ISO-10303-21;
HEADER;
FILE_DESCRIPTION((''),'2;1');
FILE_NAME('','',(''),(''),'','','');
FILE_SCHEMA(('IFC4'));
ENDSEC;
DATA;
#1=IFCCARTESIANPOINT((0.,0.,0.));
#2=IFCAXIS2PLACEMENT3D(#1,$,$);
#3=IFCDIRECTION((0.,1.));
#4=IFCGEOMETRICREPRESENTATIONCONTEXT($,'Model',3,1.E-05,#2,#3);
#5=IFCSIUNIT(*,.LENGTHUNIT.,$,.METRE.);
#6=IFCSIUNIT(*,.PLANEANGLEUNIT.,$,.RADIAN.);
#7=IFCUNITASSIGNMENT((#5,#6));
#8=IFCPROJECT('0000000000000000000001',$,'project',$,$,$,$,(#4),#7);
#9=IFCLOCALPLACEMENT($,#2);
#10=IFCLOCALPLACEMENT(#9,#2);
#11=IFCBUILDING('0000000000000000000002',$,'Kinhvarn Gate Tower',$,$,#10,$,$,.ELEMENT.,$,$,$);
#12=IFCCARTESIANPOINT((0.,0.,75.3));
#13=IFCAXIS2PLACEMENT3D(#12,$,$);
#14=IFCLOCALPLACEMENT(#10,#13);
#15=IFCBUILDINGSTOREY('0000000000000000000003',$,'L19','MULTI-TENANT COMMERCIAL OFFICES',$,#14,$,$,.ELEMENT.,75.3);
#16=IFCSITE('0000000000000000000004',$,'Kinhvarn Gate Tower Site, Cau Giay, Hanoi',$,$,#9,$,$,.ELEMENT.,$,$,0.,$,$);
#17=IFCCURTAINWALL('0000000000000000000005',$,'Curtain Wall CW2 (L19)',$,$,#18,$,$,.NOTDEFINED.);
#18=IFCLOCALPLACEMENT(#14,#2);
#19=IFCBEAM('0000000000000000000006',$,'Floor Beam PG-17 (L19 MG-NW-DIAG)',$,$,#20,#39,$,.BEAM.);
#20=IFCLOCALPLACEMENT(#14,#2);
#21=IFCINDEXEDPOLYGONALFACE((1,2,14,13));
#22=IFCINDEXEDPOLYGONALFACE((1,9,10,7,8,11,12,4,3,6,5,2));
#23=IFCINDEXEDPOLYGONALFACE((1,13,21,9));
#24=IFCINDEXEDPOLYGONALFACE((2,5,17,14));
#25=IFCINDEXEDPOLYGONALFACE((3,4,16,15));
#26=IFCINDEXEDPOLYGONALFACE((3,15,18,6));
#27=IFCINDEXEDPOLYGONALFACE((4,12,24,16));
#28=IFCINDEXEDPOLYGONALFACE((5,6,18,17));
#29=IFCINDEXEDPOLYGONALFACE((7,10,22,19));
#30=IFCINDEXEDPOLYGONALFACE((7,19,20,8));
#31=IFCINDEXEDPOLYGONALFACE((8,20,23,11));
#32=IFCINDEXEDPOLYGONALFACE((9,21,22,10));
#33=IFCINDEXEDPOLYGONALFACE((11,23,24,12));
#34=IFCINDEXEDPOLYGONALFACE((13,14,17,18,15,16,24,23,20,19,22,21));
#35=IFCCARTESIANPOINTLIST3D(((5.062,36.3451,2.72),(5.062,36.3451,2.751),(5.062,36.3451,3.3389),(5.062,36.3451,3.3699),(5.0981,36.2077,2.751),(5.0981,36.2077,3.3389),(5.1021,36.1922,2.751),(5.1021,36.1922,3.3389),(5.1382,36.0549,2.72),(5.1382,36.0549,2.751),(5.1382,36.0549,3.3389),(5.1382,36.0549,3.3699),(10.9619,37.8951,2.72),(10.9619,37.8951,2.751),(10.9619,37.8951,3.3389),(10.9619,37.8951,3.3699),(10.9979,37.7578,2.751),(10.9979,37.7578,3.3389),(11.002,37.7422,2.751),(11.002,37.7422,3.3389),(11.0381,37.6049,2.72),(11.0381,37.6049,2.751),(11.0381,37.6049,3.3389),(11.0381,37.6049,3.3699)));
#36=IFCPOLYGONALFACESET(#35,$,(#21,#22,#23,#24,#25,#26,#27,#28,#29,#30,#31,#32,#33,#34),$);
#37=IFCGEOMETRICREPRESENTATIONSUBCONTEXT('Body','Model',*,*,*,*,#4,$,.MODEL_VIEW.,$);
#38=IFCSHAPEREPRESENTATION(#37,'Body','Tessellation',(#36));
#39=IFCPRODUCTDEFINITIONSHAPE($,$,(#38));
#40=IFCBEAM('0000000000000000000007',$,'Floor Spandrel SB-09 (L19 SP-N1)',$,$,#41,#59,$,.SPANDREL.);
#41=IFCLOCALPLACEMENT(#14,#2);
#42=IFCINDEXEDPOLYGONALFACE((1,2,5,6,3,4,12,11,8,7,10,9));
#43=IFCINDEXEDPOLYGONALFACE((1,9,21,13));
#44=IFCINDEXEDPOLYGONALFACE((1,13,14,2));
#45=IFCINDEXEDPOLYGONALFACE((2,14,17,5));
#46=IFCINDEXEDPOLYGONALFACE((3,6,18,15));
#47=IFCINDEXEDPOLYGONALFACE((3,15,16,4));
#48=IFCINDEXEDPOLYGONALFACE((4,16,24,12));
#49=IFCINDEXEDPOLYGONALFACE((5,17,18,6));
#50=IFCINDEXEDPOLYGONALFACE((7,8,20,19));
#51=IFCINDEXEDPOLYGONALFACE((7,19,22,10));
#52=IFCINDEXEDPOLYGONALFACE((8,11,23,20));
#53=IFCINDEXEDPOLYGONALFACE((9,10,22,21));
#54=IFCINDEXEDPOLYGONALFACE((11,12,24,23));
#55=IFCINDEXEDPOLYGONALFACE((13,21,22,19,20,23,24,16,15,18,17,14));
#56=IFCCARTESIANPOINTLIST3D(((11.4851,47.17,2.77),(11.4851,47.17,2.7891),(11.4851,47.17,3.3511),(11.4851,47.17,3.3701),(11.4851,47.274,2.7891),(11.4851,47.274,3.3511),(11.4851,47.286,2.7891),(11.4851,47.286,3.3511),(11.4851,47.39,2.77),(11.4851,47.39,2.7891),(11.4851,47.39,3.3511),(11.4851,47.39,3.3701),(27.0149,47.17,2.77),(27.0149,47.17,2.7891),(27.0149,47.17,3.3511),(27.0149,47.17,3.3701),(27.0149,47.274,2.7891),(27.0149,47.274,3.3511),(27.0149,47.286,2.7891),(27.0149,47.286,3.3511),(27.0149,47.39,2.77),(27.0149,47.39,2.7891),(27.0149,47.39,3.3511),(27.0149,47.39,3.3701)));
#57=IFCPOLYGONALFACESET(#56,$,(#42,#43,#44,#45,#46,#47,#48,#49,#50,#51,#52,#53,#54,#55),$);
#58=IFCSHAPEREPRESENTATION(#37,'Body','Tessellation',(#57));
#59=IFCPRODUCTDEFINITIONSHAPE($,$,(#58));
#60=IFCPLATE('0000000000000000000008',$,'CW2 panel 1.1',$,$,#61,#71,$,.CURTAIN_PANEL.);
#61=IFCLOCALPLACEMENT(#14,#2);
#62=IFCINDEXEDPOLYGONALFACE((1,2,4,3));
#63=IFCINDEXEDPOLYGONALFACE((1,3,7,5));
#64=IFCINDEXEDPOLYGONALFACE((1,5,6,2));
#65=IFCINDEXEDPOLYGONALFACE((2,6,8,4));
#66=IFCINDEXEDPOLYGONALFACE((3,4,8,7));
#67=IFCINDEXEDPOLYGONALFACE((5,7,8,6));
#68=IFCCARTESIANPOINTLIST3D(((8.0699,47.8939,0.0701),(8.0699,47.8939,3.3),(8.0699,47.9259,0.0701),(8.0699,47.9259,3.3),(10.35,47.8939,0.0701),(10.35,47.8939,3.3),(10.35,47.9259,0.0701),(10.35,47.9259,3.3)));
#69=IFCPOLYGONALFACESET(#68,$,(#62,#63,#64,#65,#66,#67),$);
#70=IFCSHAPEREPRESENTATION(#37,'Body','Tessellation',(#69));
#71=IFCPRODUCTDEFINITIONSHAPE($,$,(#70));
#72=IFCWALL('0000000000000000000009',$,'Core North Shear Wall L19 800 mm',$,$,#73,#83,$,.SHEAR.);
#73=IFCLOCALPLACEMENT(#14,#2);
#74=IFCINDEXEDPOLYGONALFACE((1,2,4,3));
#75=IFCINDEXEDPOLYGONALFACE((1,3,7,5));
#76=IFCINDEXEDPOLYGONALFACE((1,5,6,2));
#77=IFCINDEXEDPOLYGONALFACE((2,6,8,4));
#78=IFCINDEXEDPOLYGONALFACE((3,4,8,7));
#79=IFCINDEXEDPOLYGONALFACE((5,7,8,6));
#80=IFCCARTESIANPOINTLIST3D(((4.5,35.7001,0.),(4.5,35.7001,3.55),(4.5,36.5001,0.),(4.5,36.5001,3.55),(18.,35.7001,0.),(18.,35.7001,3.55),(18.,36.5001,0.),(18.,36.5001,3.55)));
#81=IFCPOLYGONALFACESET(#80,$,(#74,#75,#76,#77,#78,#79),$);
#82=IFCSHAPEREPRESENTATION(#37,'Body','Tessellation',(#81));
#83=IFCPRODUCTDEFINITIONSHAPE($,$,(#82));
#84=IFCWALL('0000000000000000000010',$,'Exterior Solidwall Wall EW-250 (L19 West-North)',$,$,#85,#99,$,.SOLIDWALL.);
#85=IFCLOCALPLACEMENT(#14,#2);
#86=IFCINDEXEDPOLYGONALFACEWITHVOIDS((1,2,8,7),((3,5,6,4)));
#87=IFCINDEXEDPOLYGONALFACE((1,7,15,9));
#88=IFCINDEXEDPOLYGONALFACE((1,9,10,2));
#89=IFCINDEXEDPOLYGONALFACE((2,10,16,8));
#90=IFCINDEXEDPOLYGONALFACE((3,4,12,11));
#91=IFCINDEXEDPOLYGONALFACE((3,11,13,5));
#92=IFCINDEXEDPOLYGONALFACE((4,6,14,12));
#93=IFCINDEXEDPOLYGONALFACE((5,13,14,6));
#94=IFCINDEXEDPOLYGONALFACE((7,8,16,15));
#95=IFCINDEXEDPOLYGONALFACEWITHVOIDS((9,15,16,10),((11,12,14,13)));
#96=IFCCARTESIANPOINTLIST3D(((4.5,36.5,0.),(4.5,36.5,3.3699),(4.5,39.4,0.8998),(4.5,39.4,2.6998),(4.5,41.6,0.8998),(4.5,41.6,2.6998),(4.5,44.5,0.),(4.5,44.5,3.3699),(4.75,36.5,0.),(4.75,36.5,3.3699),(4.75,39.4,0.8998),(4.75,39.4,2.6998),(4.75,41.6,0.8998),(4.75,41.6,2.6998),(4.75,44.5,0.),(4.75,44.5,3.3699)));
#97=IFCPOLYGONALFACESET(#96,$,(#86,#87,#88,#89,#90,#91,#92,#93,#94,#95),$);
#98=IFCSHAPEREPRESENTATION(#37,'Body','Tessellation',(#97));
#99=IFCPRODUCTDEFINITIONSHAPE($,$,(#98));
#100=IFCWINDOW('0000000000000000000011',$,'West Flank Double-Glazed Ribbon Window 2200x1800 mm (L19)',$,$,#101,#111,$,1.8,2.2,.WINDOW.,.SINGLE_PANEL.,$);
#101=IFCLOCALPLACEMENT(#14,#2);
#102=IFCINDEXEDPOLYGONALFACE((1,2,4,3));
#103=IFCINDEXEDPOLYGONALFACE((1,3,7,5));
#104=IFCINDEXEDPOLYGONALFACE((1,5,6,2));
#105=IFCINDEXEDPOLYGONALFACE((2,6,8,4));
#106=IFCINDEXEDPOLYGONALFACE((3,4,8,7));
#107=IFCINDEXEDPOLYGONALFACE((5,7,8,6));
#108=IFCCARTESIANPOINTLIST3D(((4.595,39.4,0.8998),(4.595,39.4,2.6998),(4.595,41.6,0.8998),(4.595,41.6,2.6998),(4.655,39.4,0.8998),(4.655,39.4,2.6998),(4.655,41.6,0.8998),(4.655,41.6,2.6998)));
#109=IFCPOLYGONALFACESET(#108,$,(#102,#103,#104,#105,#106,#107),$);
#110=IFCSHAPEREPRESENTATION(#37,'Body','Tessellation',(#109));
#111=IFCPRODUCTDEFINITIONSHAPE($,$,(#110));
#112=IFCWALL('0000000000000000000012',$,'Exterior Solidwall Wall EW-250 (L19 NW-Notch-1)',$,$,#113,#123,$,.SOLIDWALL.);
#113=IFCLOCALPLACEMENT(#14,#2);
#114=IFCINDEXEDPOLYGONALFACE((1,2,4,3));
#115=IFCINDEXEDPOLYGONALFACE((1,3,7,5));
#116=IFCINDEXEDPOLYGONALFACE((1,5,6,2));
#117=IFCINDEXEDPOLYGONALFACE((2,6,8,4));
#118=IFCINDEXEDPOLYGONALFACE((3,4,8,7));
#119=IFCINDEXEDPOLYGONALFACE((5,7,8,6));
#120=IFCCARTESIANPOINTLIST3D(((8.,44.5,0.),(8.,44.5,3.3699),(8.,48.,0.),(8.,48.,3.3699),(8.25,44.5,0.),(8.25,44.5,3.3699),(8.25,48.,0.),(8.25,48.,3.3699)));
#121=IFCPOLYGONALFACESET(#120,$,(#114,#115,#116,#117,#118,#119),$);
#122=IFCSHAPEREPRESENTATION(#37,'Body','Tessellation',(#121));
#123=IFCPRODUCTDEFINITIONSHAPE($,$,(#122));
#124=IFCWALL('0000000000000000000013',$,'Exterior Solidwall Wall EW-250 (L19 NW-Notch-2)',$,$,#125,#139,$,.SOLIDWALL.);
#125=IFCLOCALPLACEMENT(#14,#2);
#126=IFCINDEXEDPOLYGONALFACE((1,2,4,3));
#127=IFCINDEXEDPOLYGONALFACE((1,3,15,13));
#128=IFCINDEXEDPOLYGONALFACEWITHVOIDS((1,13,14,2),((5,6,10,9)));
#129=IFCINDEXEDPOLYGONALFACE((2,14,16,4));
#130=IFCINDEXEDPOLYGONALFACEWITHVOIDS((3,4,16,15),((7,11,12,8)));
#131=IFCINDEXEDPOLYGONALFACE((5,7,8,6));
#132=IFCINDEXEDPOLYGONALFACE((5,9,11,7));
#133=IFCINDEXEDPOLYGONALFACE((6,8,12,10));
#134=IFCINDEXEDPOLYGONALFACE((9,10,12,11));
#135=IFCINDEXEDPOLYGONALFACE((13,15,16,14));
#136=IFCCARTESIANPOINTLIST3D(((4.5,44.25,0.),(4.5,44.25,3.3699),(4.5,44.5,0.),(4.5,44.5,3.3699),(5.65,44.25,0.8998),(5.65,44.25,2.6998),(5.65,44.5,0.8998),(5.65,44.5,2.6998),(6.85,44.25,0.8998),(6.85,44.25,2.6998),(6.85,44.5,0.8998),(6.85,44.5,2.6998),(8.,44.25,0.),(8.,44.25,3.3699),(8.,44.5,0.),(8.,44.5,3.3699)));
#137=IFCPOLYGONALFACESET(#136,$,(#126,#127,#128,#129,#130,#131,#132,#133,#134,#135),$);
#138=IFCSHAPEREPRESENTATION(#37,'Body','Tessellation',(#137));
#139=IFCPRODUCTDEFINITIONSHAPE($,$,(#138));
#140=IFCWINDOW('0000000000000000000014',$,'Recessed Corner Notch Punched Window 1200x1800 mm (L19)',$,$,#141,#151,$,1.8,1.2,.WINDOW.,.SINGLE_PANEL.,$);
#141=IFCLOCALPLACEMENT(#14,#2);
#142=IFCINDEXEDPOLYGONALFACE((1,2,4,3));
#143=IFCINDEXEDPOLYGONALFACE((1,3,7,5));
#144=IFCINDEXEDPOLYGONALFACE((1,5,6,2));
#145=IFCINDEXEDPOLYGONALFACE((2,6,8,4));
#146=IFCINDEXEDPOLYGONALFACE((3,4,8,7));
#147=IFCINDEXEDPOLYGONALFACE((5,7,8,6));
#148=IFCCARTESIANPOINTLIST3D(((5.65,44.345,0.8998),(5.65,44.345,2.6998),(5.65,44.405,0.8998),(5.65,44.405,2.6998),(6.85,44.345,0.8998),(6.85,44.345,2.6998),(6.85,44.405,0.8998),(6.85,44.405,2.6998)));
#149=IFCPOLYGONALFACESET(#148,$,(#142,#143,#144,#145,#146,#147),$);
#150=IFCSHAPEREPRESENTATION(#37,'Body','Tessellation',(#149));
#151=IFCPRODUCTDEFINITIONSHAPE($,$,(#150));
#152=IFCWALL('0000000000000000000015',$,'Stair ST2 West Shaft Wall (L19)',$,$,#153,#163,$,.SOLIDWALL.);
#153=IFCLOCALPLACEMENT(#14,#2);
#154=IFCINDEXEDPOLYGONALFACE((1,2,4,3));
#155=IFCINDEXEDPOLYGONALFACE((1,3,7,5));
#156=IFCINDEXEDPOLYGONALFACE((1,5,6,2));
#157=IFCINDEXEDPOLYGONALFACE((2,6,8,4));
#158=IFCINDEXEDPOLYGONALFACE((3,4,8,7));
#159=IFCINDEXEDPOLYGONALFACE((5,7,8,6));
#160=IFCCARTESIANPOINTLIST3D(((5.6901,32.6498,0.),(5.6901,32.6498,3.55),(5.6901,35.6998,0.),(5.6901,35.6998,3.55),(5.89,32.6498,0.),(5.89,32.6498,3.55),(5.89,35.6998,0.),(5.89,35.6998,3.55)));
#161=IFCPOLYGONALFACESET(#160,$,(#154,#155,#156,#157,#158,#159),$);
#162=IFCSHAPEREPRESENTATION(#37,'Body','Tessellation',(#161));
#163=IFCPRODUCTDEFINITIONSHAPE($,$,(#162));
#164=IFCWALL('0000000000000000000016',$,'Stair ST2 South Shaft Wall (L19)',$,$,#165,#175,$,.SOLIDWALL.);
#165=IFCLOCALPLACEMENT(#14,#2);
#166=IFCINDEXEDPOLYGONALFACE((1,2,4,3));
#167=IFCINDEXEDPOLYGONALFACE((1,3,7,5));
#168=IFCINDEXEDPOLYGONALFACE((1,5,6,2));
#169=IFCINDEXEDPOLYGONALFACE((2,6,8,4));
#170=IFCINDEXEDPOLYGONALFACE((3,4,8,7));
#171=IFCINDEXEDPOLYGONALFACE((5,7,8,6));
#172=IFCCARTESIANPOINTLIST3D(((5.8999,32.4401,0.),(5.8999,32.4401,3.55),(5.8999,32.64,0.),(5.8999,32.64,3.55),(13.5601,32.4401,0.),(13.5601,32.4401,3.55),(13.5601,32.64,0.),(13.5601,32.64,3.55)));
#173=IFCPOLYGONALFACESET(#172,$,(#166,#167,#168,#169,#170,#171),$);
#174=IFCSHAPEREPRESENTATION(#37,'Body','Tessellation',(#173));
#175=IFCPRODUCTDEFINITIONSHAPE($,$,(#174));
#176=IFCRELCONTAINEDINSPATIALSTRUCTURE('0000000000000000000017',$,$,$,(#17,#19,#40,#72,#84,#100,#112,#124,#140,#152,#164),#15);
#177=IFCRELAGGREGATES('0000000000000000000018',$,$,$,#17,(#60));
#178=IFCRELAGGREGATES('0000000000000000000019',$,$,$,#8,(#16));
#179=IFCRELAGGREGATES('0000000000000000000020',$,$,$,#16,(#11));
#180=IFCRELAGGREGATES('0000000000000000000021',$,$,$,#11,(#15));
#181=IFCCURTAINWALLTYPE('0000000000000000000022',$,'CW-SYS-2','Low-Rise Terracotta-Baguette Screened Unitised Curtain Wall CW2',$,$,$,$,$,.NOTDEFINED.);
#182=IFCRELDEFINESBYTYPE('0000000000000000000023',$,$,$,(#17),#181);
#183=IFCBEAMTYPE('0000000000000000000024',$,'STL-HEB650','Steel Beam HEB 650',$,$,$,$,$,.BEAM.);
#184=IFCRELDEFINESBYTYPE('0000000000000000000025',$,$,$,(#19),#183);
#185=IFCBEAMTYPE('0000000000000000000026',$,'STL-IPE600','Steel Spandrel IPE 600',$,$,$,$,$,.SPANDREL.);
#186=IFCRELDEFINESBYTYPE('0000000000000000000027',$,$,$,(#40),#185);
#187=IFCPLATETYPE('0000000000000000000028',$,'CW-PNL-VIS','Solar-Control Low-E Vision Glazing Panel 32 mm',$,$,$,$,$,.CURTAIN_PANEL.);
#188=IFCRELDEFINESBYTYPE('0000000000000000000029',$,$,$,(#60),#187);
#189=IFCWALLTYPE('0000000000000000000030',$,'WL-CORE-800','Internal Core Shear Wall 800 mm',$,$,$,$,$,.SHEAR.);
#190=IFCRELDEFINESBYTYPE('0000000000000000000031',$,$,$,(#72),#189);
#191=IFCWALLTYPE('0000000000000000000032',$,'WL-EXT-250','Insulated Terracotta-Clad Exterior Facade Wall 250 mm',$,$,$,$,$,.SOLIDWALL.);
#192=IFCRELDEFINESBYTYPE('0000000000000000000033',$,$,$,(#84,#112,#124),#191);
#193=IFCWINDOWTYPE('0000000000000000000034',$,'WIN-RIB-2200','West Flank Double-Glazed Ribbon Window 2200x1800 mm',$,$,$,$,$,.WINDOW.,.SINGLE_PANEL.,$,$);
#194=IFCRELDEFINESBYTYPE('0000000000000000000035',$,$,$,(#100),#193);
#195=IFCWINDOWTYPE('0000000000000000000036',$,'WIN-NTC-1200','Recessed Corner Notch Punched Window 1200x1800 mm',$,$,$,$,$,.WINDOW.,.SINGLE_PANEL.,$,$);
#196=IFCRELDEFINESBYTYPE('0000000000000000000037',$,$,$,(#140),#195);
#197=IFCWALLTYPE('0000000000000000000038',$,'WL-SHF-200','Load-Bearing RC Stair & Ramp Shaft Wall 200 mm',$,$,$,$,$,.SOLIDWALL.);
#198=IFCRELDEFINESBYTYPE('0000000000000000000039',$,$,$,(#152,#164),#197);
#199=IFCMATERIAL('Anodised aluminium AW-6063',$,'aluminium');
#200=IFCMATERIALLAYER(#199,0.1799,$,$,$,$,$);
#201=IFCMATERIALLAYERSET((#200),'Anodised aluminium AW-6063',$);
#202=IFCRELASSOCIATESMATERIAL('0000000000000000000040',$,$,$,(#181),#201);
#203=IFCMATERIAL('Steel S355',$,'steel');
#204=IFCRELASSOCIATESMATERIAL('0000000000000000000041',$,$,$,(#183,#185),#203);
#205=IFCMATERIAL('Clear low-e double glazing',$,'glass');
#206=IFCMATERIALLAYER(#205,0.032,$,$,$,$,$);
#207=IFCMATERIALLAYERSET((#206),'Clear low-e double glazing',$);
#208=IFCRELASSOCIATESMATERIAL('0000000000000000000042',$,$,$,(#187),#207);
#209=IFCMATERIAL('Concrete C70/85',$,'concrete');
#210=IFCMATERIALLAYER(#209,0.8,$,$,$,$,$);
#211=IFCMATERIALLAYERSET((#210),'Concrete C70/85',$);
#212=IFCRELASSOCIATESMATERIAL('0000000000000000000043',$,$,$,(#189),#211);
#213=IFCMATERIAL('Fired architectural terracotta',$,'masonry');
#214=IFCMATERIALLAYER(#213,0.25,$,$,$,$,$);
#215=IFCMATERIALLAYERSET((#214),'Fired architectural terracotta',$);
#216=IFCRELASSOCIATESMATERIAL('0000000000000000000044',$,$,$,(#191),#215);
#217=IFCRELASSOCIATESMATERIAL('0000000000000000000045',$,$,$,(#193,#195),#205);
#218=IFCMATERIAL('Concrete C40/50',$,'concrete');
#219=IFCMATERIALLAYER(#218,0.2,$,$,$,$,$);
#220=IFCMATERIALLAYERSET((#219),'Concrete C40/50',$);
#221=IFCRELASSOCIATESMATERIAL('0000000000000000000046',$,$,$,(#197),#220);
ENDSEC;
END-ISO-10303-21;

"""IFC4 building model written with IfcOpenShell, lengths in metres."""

from ifc_helpers import new_model, si_unit, direction, frame, frame_2d, origin, origin_2d, place, context, subcontext, project, spatial, rectangle, i_section, extrude, material, layer, layer_set, material_profile, profile_set, type_object, element, fill, aggregate, save


model = new_model("IFC4")

# Units and contexts
model_context = context("Model", 3, precision=1e-05, world=origin(), true_north=direction((0.0, 1.0)))
body_context = subcontext(model_context, "Body", "Model", "MODEL_VIEW")
ifc_project = project(units=[si_unit("LENGTHUNIT", "METRE"), si_unit("PLANEANGLEUNIT", "RADIAN")], contexts=[model_context])

# Site, building, storey
site_placement = place(None, origin())
site = spatial("IfcSite", under=ifc_project, at=site_placement, Name="Kinhvarn Gate Tower Site, Cau Giay, Hanoi", CompositionType="ELEMENT", RefElevation=0.0)
building_placement = place(site_placement, origin())
building = spatial("IfcBuilding", under=site, at=building_placement, Name="Kinhvarn Gate Tower", CompositionType="ELEMENT")
storey_placement = place(building_placement, frame((0.0, 0.0, 75.3)))
storey = spatial("IfcBuildingStorey", under=building, at=storey_placement, Name="L19", Description="MULTI-TENANT COMMERCIAL OFFICES", CompositionType="ELEMENT", Elevation=75.3)

# Shared definitions
ifc_material_1 = material(Name="Concrete C70/85", Category="concrete")

# Shared definitions
ifc_material_2 = material(Name="Anodised aluminium AW-6063", Category="aluminium")
ifc_layer_1 = layer(ifc_material_2, 0.1799)
ifc_layer_set_1 = layer_set([ifc_layer_1], Name="Anodised aluminium AW-6063")
curtain_wall_type = type_object("IfcCurtainWallType", Name="CW-SYS-2", Description="Low-Rise Terracotta-Baguette Screened Unitised Curtain Wall CW2", PredefinedType="NOTDEFINED", material=ifc_layer_set_1)

# Curtain wall
curtain_wall_1_placement = place(storey_placement, origin())
curtain_wall_1 = element("IfcCurtainWall", 1, at=curtain_wall_1_placement, inside=storey, type_object=curtain_wall_type, Name="Curtain Wall CW2 (L19)", PredefinedType="NOTDEFINED")

# Beams
ifc_material_3 = material(Name="Steel S355", Category="steel")
ifc_material_profile_1 = material_profile(ifc_material_3, i_section(OverallWidth=0.3, OverallDepth=0.6499, WebThickness=0.0161, FlangeThickness=0.031, at=origin_2d()), Name="HEB 650")
ifc_profile_set_1 = profile_set([ifc_material_profile_1], Name="Steel S355")
beam_type_1 = type_object("IfcBeamType", Name="STL-HEB650", Description="Steel Beam HEB 650", PredefinedType="BEAM", material=ifc_profile_set_1)
beam_1_placement = place(storey_placement, frame((5.1001, 36.2, 3.0449), z_axis=(0.967178, 0.254101, 0.0), x_axis=(-0.254101, 0.967178, 0.0)))
element("IfcBeam", 2, at=beam_1_placement, inside=storey, type_object=beam_type_1, Name="Floor Beam PG-17 (L19 MG-NW-DIAG)", PredefinedType="BEAM", context=body_context, shape_type="SweptSolid", body=[
    extrude(i_section(OverallWidth=0.3, OverallDepth=0.6499, WebThickness=0.0161, FlangeThickness=0.031, at=origin_2d()), origin(), (0.0, 0.0, 1.0), 6.1001),
])
ifc_material_profile_2 = material_profile(ifc_material_3, i_section(OverallWidth=0.22, OverallDepth=0.6001, WebThickness=0.012, FlangeThickness=0.019, at=origin_2d()), Name="IPE 600")
ifc_profile_set_2 = profile_set([ifc_material_profile_2], Name="Steel S355")
beam_type_2 = type_object("IfcBeamType", Name="STL-IPE600", Description="Steel Spandrel IPE 600", PredefinedType="SPANDREL", material=ifc_profile_set_2)
beam_2_placement = place(storey_placement, frame((11.4851, 47.28, 3.0701), z_axis=(1.0, 0.0, 0.0), x_axis=(0.0, 1.0, 0.0)))
element("IfcBeam", 3, at=beam_2_placement, inside=storey, type_object=beam_type_2, Name="Floor Spandrel SB-09 (L19 SP-N1)", PredefinedType="SPANDREL", context=body_context, shape_type="SweptSolid", body=[
    extrude(i_section(OverallWidth=0.22, OverallDepth=0.6001, WebThickness=0.012, FlangeThickness=0.019, at=origin_2d()), origin(), (0.0, 0.0, 1.0), 15.5298),
])

# Plate
ifc_material_4 = material(Name="Clear low-e double glazing", Category="glass")
ifc_layer_2 = layer(ifc_material_4, 0.032)
ifc_layer_set_2 = layer_set([ifc_layer_2], Name="Clear low-e double glazing")
plate_type = type_object("IfcPlateType", Name="CW-PNL-VIS", Description="Solar-Control Low-E Vision Glazing Panel 32 mm", PredefinedType="CURTAIN_PANEL", material=ifc_layer_set_2)
plate_placement = place(storey_placement, frame((9.21, 47.9099, 0.0701), z_axis=(0.0, 0.0, 1.0), x_axis=(-1.0, 0.0, 0.0)))
plate = element("IfcPlate", 4, at=plate_placement, type_object=plate_type, Name="CW2 panel 1.1", PredefinedType="CURTAIN_PANEL", context=body_context, shape_type="SweptSolid", body=[
    extrude(rectangle(XDim=2.28, YDim=0.032, at=origin_2d()), origin(), (0.0, 0.0, 1.0), 3.23),
])
aggregate(curtain_wall_1, [plate])

# Wall
ifc_layer_3 = layer(ifc_material_1, 0.8)
ifc_layer_set_3 = layer_set([ifc_layer_3], Name="Concrete C70/85")
wall_type_1 = type_object("IfcWallType", Name="WL-CORE-800", Description="Internal Core Shear Wall 800 mm", PredefinedType="SHEAR", material=ifc_layer_set_3)
wall_1_placement = place(storey_placement, frame((4.5, 36.1001, 0.0), z_axis=(0.0, 0.0, 1.0), x_axis=(1.0, 0.0, 0.0)))
element("IfcWall", 5, at=wall_1_placement, inside=storey, type_object=wall_type_1, Name="Core North Shear Wall L19 800 mm", PredefinedType="SHEAR", context=body_context, shape_type="SweptSolid", body=[
    extrude(rectangle(XDim=13.5, YDim=0.8, at=frame_2d((6.75, 0.0))), origin(), (0.0, 0.0, 1.0), 3.55),
])

# Wall, opening, window
ifc_material_5 = material(Name="Fired architectural terracotta", Category="masonry")
ifc_layer_4 = layer(ifc_material_5, 0.25)
ifc_layer_set_4 = layer_set([ifc_layer_4], Name="Fired architectural terracotta")
wall_type_2 = type_object("IfcWallType", Name="WL-EXT-250", Description="Insulated Terracotta-Clad Exterior Facade Wall 250 mm", PredefinedType="SOLIDWALL", material=ifc_layer_set_4)
wall_2_placement = place(storey_placement, frame((4.625, 44.5, 0.0), z_axis=(0.0, 0.0, 1.0), x_axis=(0.0, -1.0, 0.0)))
wall_2 = element("IfcWall", 6, at=wall_2_placement, inside=storey, type_object=wall_type_2, Name="Exterior Solidwall Wall EW-250 (L19 West-North)", PredefinedType="SOLIDWALL", context=body_context, shape_type="SweptSolid", body=[
    extrude(rectangle(XDim=8.0, YDim=0.25, at=frame_2d((4.0, 0.0))), origin(), (0.0, 0.0, 1.0), 3.3699),
])
opening_1_placement = place(wall_2_placement, frame((2.8999, 0.0, 0.8999)))
opening_1 = element("IfcOpeningElement", 7, at=opening_1_placement, cuts=wall_2, PredefinedType="OPENING", context=body_context, shape_type="SweptSolid", body=[
    extrude(rectangle(XDim=2.2, YDim=1.8, at=frame_2d((1.1001, 0.8999))), frame((0.0, 0.135, 0.0), z_axis=(0.0, -1.0, 0.0), x_axis=(1.0, 0.0, 0.0)), (0.0, 0.0, 1.0), 0.27),
])
window_type_1 = type_object("IfcWindowType", Name="WIN-RIB-2200", Description="West Flank Double-Glazed Ribbon Window 2200x1800 mm", PartitioningType="SINGLE_PANEL", PredefinedType="WINDOW", material=ifc_material_4)
window_1_placement = place(opening_1_placement, origin())
window_1 = element("IfcWindow", 8, at=window_1_placement, inside=storey, type_object=window_type_1, Name="West Flank Double-Glazed Ribbon Window 2200x1800 mm (L19)", OverallHeight=1.8, OverallWidth=2.2, PartitioningType="SINGLE_PANEL", PredefinedType="WINDOW", context=body_context, shape_type="SweptSolid", body=[
    extrude(rectangle(XDim=2.2, YDim=1.8, at=frame_2d((1.1001, 0.8999))), frame((0.0, 0.03, 0.0), z_axis=(0.0, -1.0, 0.0), x_axis=(1.0, 0.0, 0.0)), (0.0, 0.0, 1.0), 0.0601),
])
fill(opening_1, window_1)

# Wall
wall_3_placement = place(storey_placement, frame((8.125, 48.0, 0.0), z_axis=(0.0, 0.0, 1.0), x_axis=(0.0, -1.0, 0.0)))
element("IfcWall", 9, at=wall_3_placement, inside=storey, type_object=wall_type_2, Name="Exterior Solidwall Wall EW-250 (L19 NW-Notch-1)", PredefinedType="SOLIDWALL", context=body_context, shape_type="SweptSolid", body=[
    extrude(rectangle(XDim=3.5, YDim=0.25, at=frame_2d((1.75, 0.0))), origin(), (0.0, 0.0, 1.0), 3.3699),
])

# Wall, opening, window
wall_4_placement = place(storey_placement, frame((8.0, 44.375, 0.0), z_axis=(0.0, 0.0, 1.0), x_axis=(-1.0, 0.0, 0.0)))
wall_4 = element("IfcWall", 10, at=wall_4_placement, inside=storey, type_object=wall_type_2, Name="Exterior Solidwall Wall EW-250 (L19 NW-Notch-2)", PredefinedType="SOLIDWALL", context=body_context, shape_type="SweptSolid", body=[
    extrude(rectangle(XDim=3.5, YDim=0.25, at=frame_2d((1.75, 0.0))), origin(), (0.0, 0.0, 1.0), 3.3699),
])
opening_2_placement = place(wall_4_placement, frame((1.1499, 0.0, 0.8999)))
opening_2 = element("IfcOpeningElement", 11, at=opening_2_placement, cuts=wall_4, PredefinedType="OPENING", context=body_context, shape_type="SweptSolid", body=[
    extrude(rectangle(XDim=1.2, YDim=1.8, at=frame_2d((0.6001, 0.8999))), frame((0.0, 0.135, 0.0), z_axis=(0.0, -1.0, 0.0), x_axis=(1.0, 0.0, 0.0)), (0.0, 0.0, 1.0), 0.27),
])
window_type_2 = type_object("IfcWindowType", Name="WIN-NTC-1200", Description="Recessed Corner Notch Punched Window 1200x1800 mm", PartitioningType="SINGLE_PANEL", PredefinedType="WINDOW", material=ifc_material_4)
window_2_placement = place(opening_2_placement, origin())
window_2 = element("IfcWindow", 12, at=window_2_placement, inside=storey, type_object=window_type_2, Name="Recessed Corner Notch Punched Window 1200x1800 mm (L19)", OverallHeight=1.8, OverallWidth=1.2, PartitioningType="SINGLE_PANEL", PredefinedType="WINDOW", context=body_context, shape_type="SweptSolid", body=[
    extrude(rectangle(XDim=1.2, YDim=1.8, at=frame_2d((0.6001, 0.8999))), frame((0.0, 0.03, 0.0), z_axis=(0.0, -1.0, 0.0), x_axis=(1.0, 0.0, 0.0)), (0.0, 0.0, 1.0), 0.0601),
])
fill(opening_2, window_2)

# Walls
ifc_material_6 = material(Name="Concrete C40/50", Category="concrete")
ifc_layer_5 = layer(ifc_material_6, 0.2)
ifc_layer_set_5 = layer_set([ifc_layer_5], Name="Concrete C40/50")
wall_type_3 = type_object("IfcWallType", Name="WL-SHF-200", Description="Load-Bearing RC Stair & Ramp Shaft Wall 200 mm", PredefinedType="SOLIDWALL", material=ifc_layer_set_5)
wall_5_placement = place(storey_placement, frame((5.79, 32.6499, 0.0), z_axis=(0.0, 0.0, 1.0), x_axis=(0.0, 1.0, 0.0)))
element("IfcWall", 13, at=wall_5_placement, inside=storey, type_object=wall_type_3, Name="Stair ST2 West Shaft Wall (L19)", PredefinedType="SOLIDWALL", context=body_context, shape_type="SweptSolid", body=[
    extrude(rectangle(XDim=3.05, YDim=0.2, at=frame_2d((1.5249, 0.0))), origin(), (0.0, 0.0, 1.0), 3.55),
])
wall_6_placement = place(storey_placement, frame((5.8999, 32.54, 0.0), z_axis=(0.0, 0.0, 1.0), x_axis=(1.0, 0.0, 0.0)))
element("IfcWall", 14, at=wall_6_placement, inside=storey, type_object=wall_type_3, Name="Stair ST2 South Shaft Wall (L19)", PredefinedType="SOLIDWALL", context=body_context, shape_type="SweptSolid", body=[
    extrude(rectangle(XDim=7.6602, YDim=0.2, at=frame_2d((3.8301, 0.0))), origin(), (0.0, 0.0, 1.0), 3.55),
])

save(model, "model.ifc")
